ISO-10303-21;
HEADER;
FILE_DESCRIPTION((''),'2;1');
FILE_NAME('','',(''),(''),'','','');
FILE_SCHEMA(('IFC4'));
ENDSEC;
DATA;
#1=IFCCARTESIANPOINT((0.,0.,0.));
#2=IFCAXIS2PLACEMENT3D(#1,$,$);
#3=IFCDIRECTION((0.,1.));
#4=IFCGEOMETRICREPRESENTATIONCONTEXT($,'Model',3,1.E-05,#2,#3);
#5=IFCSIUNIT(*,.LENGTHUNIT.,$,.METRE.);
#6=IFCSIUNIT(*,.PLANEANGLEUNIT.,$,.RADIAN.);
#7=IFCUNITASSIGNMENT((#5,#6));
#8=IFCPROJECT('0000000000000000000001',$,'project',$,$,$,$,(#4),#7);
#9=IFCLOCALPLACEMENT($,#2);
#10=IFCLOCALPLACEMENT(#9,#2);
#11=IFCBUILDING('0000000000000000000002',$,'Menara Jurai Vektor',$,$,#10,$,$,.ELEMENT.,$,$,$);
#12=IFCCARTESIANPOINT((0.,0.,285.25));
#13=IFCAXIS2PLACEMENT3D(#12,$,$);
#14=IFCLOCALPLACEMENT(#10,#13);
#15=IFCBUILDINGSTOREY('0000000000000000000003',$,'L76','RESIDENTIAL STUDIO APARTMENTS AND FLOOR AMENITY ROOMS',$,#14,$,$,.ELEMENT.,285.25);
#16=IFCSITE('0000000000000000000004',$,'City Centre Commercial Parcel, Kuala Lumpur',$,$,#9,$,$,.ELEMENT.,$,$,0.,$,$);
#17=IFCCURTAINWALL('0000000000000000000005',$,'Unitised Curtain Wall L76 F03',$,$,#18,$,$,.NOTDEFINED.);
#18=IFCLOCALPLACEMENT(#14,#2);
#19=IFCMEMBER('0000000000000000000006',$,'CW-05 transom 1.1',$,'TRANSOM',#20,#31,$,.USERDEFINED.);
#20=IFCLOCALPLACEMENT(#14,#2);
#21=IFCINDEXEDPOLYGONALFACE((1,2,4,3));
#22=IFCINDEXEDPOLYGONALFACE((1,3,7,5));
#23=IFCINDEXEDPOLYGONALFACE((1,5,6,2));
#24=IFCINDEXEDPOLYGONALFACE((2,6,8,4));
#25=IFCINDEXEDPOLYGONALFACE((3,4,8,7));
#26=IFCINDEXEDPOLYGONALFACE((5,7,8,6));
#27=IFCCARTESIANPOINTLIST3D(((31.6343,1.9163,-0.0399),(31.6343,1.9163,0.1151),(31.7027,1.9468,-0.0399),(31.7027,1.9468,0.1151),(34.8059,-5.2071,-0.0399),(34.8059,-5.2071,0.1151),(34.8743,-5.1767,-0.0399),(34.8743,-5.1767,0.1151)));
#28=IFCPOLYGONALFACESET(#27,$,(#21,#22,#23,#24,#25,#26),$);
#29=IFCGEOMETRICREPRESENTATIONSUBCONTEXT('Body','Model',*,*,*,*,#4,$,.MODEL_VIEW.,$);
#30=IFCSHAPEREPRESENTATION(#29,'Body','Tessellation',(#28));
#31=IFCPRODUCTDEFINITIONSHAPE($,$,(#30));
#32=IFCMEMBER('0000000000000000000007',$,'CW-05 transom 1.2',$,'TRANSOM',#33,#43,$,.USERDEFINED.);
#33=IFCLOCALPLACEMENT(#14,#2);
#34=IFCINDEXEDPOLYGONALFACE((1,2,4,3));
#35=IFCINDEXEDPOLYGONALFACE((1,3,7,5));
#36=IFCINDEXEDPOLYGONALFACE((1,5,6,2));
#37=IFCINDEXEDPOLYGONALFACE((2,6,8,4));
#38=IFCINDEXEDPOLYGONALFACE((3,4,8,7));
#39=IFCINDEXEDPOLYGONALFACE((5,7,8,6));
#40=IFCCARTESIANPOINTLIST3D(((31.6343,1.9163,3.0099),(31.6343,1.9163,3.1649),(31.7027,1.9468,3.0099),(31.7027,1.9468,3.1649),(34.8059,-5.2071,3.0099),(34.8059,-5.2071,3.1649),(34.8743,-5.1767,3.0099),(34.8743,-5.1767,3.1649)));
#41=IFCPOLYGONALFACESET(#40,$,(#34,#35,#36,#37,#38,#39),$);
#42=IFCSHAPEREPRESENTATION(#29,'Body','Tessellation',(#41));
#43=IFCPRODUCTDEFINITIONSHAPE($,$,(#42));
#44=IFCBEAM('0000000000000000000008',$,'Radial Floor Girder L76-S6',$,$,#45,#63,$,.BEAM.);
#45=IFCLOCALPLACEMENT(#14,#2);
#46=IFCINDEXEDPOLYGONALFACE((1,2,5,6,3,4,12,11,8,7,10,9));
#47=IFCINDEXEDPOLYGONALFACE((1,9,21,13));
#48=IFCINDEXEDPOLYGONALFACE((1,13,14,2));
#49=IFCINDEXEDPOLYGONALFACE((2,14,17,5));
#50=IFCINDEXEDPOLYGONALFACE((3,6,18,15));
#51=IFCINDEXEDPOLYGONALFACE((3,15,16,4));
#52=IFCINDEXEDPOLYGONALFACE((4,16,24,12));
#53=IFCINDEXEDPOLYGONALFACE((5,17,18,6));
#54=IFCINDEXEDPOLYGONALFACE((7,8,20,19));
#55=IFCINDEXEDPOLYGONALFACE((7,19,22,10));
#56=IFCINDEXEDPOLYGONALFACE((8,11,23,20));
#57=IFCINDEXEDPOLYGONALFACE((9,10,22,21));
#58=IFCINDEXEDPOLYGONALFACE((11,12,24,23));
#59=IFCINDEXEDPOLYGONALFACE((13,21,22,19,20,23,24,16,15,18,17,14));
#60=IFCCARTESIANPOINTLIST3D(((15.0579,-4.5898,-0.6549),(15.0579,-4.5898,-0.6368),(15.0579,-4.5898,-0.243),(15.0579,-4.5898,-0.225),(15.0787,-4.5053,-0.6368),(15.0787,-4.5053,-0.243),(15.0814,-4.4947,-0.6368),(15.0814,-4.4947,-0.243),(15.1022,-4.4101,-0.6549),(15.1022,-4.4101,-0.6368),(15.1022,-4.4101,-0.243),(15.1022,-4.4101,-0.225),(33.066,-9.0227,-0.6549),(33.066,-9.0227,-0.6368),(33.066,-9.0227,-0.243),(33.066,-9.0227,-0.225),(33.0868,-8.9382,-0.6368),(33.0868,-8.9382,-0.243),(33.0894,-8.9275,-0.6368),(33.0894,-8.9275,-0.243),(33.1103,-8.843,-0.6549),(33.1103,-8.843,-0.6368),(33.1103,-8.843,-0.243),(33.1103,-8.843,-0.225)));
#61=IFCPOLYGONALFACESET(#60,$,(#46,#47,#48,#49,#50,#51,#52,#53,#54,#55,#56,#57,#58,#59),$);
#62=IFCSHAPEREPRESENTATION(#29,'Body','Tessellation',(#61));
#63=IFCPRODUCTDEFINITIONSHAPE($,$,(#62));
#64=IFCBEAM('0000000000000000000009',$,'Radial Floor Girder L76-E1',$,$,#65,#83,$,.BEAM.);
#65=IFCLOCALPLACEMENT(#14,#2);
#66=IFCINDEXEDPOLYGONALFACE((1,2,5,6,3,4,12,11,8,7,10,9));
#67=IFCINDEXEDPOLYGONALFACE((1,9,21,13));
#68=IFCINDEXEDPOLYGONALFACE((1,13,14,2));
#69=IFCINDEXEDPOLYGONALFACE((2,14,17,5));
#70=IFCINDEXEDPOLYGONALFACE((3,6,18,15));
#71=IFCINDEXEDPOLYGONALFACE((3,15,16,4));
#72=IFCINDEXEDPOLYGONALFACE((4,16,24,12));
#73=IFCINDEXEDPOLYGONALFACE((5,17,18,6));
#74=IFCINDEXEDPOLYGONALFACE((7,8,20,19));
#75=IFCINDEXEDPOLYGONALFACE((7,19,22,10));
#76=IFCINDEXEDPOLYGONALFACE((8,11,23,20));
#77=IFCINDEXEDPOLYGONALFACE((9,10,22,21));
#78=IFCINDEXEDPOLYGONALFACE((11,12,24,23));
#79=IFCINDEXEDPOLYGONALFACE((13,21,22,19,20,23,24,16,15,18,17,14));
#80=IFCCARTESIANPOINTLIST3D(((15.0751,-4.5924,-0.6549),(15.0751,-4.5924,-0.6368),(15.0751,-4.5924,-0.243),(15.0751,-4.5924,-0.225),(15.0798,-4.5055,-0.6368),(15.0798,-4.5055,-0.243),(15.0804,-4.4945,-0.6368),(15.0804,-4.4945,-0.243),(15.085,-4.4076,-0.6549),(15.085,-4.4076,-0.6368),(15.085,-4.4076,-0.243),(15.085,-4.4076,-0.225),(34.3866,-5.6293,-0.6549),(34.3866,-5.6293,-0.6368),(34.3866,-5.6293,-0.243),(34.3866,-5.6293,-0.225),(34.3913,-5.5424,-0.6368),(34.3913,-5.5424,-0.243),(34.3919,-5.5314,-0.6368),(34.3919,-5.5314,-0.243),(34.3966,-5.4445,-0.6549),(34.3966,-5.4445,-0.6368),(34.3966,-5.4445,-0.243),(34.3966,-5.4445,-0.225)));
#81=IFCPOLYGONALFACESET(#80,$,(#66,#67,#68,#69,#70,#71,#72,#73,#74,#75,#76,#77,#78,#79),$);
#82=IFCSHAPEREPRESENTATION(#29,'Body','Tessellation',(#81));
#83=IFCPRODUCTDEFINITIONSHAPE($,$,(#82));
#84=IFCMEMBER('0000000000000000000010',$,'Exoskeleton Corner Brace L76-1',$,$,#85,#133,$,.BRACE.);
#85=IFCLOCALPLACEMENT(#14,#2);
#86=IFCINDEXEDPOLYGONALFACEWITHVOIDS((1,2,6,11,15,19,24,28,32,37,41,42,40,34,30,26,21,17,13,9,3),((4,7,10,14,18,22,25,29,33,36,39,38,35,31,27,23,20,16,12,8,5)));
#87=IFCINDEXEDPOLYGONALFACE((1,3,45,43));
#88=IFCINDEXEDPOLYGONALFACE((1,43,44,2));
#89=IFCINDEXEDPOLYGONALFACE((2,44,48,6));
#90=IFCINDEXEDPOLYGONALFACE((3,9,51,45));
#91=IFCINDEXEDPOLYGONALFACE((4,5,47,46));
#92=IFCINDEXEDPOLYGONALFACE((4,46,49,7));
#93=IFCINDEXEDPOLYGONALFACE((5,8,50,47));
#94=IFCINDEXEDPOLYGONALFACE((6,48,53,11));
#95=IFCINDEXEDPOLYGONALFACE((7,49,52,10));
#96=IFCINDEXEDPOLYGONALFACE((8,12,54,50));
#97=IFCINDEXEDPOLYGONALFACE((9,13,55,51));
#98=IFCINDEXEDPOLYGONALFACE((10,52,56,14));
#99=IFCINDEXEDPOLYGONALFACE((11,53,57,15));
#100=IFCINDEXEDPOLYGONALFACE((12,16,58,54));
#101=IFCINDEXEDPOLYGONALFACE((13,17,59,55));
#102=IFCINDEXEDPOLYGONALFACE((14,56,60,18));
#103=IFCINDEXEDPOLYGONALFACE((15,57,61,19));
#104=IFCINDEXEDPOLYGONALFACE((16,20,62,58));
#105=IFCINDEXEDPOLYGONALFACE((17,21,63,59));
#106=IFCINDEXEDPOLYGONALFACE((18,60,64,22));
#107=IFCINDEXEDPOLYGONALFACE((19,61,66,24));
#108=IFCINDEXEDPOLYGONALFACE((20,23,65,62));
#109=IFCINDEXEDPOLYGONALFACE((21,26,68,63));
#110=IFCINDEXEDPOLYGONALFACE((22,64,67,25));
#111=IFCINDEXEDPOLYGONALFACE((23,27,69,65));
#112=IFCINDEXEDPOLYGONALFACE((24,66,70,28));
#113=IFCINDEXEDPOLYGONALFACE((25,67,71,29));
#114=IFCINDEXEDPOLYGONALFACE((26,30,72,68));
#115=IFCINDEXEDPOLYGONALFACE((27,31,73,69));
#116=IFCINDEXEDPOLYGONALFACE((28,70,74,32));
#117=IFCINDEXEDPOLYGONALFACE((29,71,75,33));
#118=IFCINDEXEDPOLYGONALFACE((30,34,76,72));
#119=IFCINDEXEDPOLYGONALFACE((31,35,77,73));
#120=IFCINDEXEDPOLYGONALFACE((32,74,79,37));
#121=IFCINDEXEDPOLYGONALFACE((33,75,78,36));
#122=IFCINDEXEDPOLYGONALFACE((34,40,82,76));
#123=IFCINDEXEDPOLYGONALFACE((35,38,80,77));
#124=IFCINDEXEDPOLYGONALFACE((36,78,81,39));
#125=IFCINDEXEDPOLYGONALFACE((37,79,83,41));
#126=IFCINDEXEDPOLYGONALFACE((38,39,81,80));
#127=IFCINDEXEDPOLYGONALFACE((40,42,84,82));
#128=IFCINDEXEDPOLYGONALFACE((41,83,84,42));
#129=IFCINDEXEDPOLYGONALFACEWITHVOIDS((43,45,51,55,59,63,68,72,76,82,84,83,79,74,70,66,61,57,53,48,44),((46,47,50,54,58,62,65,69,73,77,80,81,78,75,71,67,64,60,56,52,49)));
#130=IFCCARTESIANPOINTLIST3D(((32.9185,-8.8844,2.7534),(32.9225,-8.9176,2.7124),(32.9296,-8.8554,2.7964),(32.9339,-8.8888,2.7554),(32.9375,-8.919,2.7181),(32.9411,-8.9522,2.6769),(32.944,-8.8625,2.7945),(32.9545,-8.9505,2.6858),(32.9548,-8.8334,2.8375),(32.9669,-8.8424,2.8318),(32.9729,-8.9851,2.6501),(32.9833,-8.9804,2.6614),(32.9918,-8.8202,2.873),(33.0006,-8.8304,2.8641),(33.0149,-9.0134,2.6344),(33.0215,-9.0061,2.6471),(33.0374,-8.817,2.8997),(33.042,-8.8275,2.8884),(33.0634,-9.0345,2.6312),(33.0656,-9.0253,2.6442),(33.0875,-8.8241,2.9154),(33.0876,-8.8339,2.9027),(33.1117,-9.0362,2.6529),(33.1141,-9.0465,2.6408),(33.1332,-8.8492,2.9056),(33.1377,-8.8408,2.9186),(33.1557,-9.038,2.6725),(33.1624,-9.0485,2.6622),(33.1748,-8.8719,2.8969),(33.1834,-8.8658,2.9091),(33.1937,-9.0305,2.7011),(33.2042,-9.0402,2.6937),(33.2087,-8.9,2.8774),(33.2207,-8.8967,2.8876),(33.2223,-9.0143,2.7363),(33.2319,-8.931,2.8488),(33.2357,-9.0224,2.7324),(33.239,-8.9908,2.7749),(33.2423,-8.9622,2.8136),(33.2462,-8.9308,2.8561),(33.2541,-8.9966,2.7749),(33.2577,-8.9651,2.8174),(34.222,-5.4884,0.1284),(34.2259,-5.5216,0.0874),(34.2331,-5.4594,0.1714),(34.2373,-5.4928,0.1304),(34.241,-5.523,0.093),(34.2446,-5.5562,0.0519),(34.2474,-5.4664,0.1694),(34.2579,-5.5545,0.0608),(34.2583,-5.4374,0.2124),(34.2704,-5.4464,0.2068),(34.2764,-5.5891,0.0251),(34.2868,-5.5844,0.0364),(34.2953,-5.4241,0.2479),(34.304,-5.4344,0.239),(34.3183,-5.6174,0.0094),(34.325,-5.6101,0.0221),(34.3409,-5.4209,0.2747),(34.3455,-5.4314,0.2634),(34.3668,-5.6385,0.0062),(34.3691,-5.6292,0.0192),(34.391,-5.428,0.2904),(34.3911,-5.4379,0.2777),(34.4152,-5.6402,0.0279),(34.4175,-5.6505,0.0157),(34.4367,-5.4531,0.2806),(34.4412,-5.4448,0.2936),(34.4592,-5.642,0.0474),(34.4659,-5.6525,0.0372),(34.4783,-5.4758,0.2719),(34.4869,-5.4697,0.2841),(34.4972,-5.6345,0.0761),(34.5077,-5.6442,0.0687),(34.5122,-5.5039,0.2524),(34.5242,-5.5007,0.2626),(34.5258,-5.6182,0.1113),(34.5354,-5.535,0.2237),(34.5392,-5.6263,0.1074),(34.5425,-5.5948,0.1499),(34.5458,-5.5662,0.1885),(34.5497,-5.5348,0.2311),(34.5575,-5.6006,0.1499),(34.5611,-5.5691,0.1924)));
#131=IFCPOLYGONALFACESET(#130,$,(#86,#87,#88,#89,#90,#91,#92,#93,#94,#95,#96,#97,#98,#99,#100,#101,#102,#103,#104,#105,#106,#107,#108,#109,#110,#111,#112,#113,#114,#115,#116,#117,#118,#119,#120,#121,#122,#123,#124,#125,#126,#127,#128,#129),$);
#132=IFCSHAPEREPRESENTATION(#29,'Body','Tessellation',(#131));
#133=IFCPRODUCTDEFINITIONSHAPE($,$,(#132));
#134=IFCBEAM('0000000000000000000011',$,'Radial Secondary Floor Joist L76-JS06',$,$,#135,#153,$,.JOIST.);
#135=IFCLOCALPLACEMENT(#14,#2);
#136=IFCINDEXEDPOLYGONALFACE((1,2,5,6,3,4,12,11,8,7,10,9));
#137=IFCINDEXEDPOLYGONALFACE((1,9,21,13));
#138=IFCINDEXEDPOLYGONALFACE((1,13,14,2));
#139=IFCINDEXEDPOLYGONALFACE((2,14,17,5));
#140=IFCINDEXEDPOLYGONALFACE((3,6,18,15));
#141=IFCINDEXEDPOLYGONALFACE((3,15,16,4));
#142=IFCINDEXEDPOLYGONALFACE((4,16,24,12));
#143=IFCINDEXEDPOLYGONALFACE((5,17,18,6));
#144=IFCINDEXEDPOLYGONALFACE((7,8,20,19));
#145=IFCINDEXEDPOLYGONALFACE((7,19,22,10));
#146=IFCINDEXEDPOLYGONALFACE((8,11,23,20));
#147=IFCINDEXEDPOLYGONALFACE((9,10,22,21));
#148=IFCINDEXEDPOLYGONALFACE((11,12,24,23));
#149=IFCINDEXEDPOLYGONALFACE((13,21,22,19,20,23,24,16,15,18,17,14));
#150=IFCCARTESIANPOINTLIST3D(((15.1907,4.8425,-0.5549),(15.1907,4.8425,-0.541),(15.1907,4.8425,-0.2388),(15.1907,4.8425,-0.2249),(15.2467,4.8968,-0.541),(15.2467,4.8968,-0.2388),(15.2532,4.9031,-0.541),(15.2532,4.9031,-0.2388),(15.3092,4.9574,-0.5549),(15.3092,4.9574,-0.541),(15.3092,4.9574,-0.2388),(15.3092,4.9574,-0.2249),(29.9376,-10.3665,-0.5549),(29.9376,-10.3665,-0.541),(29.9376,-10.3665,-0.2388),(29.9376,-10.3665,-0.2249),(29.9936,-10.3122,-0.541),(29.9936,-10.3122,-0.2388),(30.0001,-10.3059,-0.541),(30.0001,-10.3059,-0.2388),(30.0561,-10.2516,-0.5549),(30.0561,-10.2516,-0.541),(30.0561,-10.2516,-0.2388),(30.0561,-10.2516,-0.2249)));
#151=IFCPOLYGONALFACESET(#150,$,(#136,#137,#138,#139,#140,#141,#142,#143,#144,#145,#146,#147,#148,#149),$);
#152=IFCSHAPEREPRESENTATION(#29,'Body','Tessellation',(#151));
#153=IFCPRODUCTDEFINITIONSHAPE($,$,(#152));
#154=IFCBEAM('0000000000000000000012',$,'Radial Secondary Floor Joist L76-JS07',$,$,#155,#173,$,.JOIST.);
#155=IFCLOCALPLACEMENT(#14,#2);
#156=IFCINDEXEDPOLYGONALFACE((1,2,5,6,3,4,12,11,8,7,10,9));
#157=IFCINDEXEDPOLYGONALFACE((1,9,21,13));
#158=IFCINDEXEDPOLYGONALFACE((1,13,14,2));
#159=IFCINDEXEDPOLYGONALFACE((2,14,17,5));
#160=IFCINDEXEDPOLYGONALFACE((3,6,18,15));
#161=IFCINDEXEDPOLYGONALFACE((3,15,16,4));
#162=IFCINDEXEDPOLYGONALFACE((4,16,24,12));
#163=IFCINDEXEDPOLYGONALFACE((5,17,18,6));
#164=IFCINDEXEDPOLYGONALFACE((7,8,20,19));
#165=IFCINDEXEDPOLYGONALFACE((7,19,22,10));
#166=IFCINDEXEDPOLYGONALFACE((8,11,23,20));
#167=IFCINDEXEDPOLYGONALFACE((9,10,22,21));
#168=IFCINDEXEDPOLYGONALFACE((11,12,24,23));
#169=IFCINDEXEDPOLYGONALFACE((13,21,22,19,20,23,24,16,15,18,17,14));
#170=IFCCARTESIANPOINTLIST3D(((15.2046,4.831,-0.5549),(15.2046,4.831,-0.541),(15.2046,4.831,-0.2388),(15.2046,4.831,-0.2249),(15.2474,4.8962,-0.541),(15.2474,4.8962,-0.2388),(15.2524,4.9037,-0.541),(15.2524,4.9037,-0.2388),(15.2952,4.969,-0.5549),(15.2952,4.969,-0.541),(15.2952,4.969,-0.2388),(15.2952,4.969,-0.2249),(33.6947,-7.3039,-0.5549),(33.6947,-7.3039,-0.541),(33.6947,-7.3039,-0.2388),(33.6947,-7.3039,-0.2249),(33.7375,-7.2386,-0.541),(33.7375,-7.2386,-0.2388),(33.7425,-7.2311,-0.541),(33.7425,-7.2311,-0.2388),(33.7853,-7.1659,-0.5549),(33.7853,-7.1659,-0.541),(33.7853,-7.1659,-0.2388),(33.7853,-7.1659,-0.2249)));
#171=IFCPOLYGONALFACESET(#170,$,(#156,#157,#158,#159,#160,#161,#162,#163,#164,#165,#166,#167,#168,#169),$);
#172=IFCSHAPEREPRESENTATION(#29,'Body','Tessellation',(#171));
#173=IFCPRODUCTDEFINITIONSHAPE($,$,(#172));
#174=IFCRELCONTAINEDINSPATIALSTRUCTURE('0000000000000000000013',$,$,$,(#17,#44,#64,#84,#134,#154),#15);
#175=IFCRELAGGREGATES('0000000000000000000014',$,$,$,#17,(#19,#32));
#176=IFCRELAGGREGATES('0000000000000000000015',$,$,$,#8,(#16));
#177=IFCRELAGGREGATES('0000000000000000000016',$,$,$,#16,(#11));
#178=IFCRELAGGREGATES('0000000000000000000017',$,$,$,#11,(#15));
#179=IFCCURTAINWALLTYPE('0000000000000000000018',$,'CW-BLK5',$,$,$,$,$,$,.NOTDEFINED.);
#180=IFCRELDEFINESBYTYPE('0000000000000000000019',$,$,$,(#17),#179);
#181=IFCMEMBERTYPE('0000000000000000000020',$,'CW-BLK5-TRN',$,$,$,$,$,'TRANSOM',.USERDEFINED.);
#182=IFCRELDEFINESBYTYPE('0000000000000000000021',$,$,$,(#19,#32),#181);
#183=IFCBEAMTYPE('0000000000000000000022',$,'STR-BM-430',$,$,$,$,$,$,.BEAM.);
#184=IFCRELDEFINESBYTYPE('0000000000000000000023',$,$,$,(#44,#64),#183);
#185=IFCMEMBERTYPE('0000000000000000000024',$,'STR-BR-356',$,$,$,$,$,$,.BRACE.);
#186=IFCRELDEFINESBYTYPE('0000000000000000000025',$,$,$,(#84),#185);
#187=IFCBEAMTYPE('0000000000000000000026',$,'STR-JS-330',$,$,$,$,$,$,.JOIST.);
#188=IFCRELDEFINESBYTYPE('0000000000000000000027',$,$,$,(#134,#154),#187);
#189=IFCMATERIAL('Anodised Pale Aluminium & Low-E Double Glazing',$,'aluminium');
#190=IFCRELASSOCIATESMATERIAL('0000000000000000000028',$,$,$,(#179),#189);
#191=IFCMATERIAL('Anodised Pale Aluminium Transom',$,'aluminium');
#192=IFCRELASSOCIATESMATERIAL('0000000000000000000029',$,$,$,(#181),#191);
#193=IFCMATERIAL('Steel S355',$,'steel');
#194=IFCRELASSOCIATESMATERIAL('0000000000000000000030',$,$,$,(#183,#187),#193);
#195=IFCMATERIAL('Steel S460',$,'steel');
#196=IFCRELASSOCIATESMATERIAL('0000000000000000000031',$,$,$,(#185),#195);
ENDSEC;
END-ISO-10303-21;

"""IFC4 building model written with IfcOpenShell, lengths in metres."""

from ifc_helpers import new_model, si_unit, direction, frame, origin, origin_2d, place, context, subcontext, project, spatial, rectangle, hollow_circle, i_section, extrude, material, material_profile, profile_set, type_object, element, aggregate, save


model = new_model("IFC4")

# Units and contexts
model_context = context("Model", 3, precision=1e-05, world=origin(), true_north=direction((0.0, 1.0)))
body_context = subcontext(model_context, "Body", "Model", "MODEL_VIEW")
ifc_project = project(units=[si_unit("LENGTHUNIT", "METRE"), si_unit("PLANEANGLEUNIT", "RADIAN")], contexts=[model_context])

# Site, building, storey
site_placement = place(None, origin())
site = spatial("IfcSite", under=ifc_project, at=site_placement, Name="City Centre Commercial Parcel, Kuala Lumpur", CompositionType="ELEMENT", RefElevation=0.0)
building_placement = place(site_placement, origin())
building = spatial("IfcBuilding", under=site, at=building_placement, Name="Menara Jurai Vektor", CompositionType="ELEMENT")
storey_placement = place(building_placement, frame((0.0, 0.0, 285.25)))
storey = spatial("IfcBuildingStorey", under=building, at=storey_placement, Name="L76", Description="RESIDENTIAL STUDIO APARTMENTS AND FLOOR AMENITY ROOMS", CompositionType="ELEMENT", Elevation=285.25)

# Shared definitions
ifc_material_1 = material(Name="Steel S460", Category="steel")

# Shared definitions
ifc_material_2 = material(Name="Anodised Pale Aluminium & Low-E Double Glazing", Category="aluminium")
curtain_wall_type = type_object("IfcCurtainWallType", Name="CW-BLK5", PredefinedType="NOTDEFINED", material=ifc_material_2)

# Curtain wall
curtain_wall_1_placement = place(storey_placement, origin())
curtain_wall_1 = element("IfcCurtainWall", 1, at=curtain_wall_1_placement, inside=storey, type_object=curtain_wall_type, Name="Unitised Curtain Wall L76 F03", PredefinedType="NOTDEFINED")

# Members
ifc_material_3 = material(Name="Anodised Pale Aluminium Transom", Category="aluminium")
ifc_material_profile_1 = material_profile(ifc_material_3, rectangle(XDim=0.075, YDim=0.155, at=origin_2d()), Name="ALU TRN 75x155")
ifc_profile_set_1 = profile_set([ifc_material_profile_1], Name="Anodised Pale Aluminium Transom")
member_type_1 = type_object("IfcMemberType", Name="CW-BLK5-TRN", ElementType="TRANSOM", PredefinedType="USERDEFINED", material=ifc_profile_set_1)
member_1_placement = place(storey_placement, frame((34.8401, -5.1919, 0.0376), z_axis=(-0.40674, 0.913544, 0.0), x_axis=(-0.913544, -0.40674, 0.0)))
member_1 = element("IfcMember", 2, at=member_1_placement, type_object=member_type_1, Name="CW-05 transom 1.1", ObjectType="TRANSOM", PredefinedType="USERDEFINED", context=body_context, shape_type="SweptSolid", body=[
    extrude(rectangle(XDim=0.075, YDim=0.155, at=origin_2d()), origin(), (0.0, 0.0, 1.0), 7.7976),
])
member_2_placement = place(storey_placement, frame((34.8401, -5.1919, 3.0874), z_axis=(-0.40674, 0.913544, 0.0), x_axis=(-0.913544, -0.40674, 0.0)))
member_2 = element("IfcMember", 3, at=member_2_placement, type_object=member_type_1, Name="CW-05 transom 1.2", ObjectType="TRANSOM", PredefinedType="USERDEFINED", context=body_context, shape_type="SweptSolid", body=[
    extrude(rectangle(XDim=0.075, YDim=0.155, at=origin_2d()), origin(), (0.0, 0.0, 1.0), 7.7976),
])

# Beams
ifc_material_4 = material(Name="Steel S355", Category="steel")
ifc_material_profile_2 = material_profile(ifc_material_4, i_section(OverallWidth=0.1851, OverallDepth=0.4299, WebThickness=0.011, FlangeThickness=0.0181, at=origin_2d()), Name="PG 430x185x76")
ifc_profile_set_2 = profile_set([ifc_material_profile_2], Name="Steel S355")
beam_type_1 = type_object("IfcBeamType", Name="STR-BM-430", PredefinedType="BEAM", material=ifc_profile_set_2)
beam_1_placement = place(storey_placement, frame((33.0881, -8.9329, -0.4399), z_axis=(-0.971014, 0.239025, 0.0), x_axis=(-0.239025, -0.971014, 0.0)))
element("IfcBeam", 4, at=beam_1_placement, inside=storey, type_object=beam_type_1, Name="Radial Floor Girder L76-S6", PredefinedType="BEAM", context=body_context, shape_type="SweptSolid", body=[
    extrude(i_section(OverallWidth=0.1851, OverallDepth=0.4299, WebThickness=0.011, FlangeThickness=0.0181, at=origin_2d()), origin(), (0.0, 0.0, 1.0), 18.5457),
])
beam_2_placement = place(storey_placement, frame((34.3916, -5.5369, -0.4399), z_axis=(-0.998562, 0.053614, 0.0), x_axis=(-0.053614, -0.998562, 0.0)))
element("IfcBeam", 5, at=beam_2_placement, inside=storey, type_object=beam_type_1, Name="Radial Floor Girder L76-E1", PredefinedType="BEAM", context=body_context, shape_type="SweptSolid", body=[
    extrude(i_section(OverallWidth=0.1851, OverallDepth=0.4299, WebThickness=0.011, FlangeThickness=0.0181, at=origin_2d()), origin(), (0.0, 0.0, 1.0), 19.3394),
])

# Member
ifc_material_profile_3 = material_profile(ifc_material_1, hollow_circle(Radius=0.1777, WallThickness=0.0161, at=origin_2d()), Name="CHS 355.6x16")
ifc_profile_set_3 = profile_set([ifc_material_profile_3], Name="Steel S460")
member_type_2 = type_object("IfcMemberType", Name="STR-BR-356", PredefinedType="BRACE", material=ifc_profile_set_3)
member_3_placement = place(storey_placement, frame((34.3916, -5.5369, 0.1499), z_axis=(-0.290576, -0.757054, 0.585179), x_axis=(0.933593, -0.358336, 0.0)))
element("IfcMember", 6, at=member_3_placement, inside=storey, type_object=member_type_2, Name="Exoskeleton Corner Brace L76-1", PredefinedType="BRACE", context=body_context, shape_type="SweptSolid", body=[
    extrude(hollow_circle(Radius=0.1777, WallThickness=0.0161, at=origin_2d()), origin(), (0.0, 0.0, 1.0), 4.4858),
])

# Beams
ifc_material_profile_4 = material_profile(ifc_material_4, i_section(OverallWidth=0.165, OverallDepth=0.3301, WebThickness=0.009, FlangeThickness=0.0139, at=origin_2d()), Name="PG 330x165x46")
ifc_profile_set_4 = profile_set([ifc_material_profile_4], Name="Steel S355")
beam_type_2 = type_object("IfcBeamType", Name="STR-JS-330", PredefinedType="JOIST", material=ifc_profile_set_4)
beam_3_placement = place(storey_placement, frame((29.9968, -10.3091, -0.3899), z_axis=(-0.696115, 0.717931, 0.0), x_axis=(-0.717931, -0.696115, 0.0)))
element("IfcBeam", 7, at=beam_3_placement, inside=storey, type_object=beam_type_2, Name="Radial Secondary Floor Joist L76-JS06", PredefinedType="JOIST", context=body_context, shape_type="SweptSolid", body=[
    extrude(i_section(OverallWidth=0.165, OverallDepth=0.3301, WebThickness=0.009, FlangeThickness=0.0139, at=origin_2d()), origin(), (0.0, 0.0, 1.0), 21.1846),
])
beam_4_placement = place(storey_placement, frame((33.74, -7.2349, -0.3899), z_axis=(-0.836033, 0.548679, 0.0), x_axis=(-0.548679, -0.836033, 0.0)))
element("IfcBeam", 8, at=beam_4_placement, inside=storey, type_object=beam_type_2, Name="Radial Secondary Floor Joist L76-JS07", PredefinedType="JOIST", context=body_context, shape_type="SweptSolid", body=[
    extrude(i_section(OverallWidth=0.165, OverallDepth=0.3301, WebThickness=0.009, FlangeThickness=0.0139, at=origin_2d()), origin(), (0.0, 0.0, 1.0), 22.1165),
])

aggregate(curtain_wall_1, [member_1, member_2])

save(model, "model.ifc")
